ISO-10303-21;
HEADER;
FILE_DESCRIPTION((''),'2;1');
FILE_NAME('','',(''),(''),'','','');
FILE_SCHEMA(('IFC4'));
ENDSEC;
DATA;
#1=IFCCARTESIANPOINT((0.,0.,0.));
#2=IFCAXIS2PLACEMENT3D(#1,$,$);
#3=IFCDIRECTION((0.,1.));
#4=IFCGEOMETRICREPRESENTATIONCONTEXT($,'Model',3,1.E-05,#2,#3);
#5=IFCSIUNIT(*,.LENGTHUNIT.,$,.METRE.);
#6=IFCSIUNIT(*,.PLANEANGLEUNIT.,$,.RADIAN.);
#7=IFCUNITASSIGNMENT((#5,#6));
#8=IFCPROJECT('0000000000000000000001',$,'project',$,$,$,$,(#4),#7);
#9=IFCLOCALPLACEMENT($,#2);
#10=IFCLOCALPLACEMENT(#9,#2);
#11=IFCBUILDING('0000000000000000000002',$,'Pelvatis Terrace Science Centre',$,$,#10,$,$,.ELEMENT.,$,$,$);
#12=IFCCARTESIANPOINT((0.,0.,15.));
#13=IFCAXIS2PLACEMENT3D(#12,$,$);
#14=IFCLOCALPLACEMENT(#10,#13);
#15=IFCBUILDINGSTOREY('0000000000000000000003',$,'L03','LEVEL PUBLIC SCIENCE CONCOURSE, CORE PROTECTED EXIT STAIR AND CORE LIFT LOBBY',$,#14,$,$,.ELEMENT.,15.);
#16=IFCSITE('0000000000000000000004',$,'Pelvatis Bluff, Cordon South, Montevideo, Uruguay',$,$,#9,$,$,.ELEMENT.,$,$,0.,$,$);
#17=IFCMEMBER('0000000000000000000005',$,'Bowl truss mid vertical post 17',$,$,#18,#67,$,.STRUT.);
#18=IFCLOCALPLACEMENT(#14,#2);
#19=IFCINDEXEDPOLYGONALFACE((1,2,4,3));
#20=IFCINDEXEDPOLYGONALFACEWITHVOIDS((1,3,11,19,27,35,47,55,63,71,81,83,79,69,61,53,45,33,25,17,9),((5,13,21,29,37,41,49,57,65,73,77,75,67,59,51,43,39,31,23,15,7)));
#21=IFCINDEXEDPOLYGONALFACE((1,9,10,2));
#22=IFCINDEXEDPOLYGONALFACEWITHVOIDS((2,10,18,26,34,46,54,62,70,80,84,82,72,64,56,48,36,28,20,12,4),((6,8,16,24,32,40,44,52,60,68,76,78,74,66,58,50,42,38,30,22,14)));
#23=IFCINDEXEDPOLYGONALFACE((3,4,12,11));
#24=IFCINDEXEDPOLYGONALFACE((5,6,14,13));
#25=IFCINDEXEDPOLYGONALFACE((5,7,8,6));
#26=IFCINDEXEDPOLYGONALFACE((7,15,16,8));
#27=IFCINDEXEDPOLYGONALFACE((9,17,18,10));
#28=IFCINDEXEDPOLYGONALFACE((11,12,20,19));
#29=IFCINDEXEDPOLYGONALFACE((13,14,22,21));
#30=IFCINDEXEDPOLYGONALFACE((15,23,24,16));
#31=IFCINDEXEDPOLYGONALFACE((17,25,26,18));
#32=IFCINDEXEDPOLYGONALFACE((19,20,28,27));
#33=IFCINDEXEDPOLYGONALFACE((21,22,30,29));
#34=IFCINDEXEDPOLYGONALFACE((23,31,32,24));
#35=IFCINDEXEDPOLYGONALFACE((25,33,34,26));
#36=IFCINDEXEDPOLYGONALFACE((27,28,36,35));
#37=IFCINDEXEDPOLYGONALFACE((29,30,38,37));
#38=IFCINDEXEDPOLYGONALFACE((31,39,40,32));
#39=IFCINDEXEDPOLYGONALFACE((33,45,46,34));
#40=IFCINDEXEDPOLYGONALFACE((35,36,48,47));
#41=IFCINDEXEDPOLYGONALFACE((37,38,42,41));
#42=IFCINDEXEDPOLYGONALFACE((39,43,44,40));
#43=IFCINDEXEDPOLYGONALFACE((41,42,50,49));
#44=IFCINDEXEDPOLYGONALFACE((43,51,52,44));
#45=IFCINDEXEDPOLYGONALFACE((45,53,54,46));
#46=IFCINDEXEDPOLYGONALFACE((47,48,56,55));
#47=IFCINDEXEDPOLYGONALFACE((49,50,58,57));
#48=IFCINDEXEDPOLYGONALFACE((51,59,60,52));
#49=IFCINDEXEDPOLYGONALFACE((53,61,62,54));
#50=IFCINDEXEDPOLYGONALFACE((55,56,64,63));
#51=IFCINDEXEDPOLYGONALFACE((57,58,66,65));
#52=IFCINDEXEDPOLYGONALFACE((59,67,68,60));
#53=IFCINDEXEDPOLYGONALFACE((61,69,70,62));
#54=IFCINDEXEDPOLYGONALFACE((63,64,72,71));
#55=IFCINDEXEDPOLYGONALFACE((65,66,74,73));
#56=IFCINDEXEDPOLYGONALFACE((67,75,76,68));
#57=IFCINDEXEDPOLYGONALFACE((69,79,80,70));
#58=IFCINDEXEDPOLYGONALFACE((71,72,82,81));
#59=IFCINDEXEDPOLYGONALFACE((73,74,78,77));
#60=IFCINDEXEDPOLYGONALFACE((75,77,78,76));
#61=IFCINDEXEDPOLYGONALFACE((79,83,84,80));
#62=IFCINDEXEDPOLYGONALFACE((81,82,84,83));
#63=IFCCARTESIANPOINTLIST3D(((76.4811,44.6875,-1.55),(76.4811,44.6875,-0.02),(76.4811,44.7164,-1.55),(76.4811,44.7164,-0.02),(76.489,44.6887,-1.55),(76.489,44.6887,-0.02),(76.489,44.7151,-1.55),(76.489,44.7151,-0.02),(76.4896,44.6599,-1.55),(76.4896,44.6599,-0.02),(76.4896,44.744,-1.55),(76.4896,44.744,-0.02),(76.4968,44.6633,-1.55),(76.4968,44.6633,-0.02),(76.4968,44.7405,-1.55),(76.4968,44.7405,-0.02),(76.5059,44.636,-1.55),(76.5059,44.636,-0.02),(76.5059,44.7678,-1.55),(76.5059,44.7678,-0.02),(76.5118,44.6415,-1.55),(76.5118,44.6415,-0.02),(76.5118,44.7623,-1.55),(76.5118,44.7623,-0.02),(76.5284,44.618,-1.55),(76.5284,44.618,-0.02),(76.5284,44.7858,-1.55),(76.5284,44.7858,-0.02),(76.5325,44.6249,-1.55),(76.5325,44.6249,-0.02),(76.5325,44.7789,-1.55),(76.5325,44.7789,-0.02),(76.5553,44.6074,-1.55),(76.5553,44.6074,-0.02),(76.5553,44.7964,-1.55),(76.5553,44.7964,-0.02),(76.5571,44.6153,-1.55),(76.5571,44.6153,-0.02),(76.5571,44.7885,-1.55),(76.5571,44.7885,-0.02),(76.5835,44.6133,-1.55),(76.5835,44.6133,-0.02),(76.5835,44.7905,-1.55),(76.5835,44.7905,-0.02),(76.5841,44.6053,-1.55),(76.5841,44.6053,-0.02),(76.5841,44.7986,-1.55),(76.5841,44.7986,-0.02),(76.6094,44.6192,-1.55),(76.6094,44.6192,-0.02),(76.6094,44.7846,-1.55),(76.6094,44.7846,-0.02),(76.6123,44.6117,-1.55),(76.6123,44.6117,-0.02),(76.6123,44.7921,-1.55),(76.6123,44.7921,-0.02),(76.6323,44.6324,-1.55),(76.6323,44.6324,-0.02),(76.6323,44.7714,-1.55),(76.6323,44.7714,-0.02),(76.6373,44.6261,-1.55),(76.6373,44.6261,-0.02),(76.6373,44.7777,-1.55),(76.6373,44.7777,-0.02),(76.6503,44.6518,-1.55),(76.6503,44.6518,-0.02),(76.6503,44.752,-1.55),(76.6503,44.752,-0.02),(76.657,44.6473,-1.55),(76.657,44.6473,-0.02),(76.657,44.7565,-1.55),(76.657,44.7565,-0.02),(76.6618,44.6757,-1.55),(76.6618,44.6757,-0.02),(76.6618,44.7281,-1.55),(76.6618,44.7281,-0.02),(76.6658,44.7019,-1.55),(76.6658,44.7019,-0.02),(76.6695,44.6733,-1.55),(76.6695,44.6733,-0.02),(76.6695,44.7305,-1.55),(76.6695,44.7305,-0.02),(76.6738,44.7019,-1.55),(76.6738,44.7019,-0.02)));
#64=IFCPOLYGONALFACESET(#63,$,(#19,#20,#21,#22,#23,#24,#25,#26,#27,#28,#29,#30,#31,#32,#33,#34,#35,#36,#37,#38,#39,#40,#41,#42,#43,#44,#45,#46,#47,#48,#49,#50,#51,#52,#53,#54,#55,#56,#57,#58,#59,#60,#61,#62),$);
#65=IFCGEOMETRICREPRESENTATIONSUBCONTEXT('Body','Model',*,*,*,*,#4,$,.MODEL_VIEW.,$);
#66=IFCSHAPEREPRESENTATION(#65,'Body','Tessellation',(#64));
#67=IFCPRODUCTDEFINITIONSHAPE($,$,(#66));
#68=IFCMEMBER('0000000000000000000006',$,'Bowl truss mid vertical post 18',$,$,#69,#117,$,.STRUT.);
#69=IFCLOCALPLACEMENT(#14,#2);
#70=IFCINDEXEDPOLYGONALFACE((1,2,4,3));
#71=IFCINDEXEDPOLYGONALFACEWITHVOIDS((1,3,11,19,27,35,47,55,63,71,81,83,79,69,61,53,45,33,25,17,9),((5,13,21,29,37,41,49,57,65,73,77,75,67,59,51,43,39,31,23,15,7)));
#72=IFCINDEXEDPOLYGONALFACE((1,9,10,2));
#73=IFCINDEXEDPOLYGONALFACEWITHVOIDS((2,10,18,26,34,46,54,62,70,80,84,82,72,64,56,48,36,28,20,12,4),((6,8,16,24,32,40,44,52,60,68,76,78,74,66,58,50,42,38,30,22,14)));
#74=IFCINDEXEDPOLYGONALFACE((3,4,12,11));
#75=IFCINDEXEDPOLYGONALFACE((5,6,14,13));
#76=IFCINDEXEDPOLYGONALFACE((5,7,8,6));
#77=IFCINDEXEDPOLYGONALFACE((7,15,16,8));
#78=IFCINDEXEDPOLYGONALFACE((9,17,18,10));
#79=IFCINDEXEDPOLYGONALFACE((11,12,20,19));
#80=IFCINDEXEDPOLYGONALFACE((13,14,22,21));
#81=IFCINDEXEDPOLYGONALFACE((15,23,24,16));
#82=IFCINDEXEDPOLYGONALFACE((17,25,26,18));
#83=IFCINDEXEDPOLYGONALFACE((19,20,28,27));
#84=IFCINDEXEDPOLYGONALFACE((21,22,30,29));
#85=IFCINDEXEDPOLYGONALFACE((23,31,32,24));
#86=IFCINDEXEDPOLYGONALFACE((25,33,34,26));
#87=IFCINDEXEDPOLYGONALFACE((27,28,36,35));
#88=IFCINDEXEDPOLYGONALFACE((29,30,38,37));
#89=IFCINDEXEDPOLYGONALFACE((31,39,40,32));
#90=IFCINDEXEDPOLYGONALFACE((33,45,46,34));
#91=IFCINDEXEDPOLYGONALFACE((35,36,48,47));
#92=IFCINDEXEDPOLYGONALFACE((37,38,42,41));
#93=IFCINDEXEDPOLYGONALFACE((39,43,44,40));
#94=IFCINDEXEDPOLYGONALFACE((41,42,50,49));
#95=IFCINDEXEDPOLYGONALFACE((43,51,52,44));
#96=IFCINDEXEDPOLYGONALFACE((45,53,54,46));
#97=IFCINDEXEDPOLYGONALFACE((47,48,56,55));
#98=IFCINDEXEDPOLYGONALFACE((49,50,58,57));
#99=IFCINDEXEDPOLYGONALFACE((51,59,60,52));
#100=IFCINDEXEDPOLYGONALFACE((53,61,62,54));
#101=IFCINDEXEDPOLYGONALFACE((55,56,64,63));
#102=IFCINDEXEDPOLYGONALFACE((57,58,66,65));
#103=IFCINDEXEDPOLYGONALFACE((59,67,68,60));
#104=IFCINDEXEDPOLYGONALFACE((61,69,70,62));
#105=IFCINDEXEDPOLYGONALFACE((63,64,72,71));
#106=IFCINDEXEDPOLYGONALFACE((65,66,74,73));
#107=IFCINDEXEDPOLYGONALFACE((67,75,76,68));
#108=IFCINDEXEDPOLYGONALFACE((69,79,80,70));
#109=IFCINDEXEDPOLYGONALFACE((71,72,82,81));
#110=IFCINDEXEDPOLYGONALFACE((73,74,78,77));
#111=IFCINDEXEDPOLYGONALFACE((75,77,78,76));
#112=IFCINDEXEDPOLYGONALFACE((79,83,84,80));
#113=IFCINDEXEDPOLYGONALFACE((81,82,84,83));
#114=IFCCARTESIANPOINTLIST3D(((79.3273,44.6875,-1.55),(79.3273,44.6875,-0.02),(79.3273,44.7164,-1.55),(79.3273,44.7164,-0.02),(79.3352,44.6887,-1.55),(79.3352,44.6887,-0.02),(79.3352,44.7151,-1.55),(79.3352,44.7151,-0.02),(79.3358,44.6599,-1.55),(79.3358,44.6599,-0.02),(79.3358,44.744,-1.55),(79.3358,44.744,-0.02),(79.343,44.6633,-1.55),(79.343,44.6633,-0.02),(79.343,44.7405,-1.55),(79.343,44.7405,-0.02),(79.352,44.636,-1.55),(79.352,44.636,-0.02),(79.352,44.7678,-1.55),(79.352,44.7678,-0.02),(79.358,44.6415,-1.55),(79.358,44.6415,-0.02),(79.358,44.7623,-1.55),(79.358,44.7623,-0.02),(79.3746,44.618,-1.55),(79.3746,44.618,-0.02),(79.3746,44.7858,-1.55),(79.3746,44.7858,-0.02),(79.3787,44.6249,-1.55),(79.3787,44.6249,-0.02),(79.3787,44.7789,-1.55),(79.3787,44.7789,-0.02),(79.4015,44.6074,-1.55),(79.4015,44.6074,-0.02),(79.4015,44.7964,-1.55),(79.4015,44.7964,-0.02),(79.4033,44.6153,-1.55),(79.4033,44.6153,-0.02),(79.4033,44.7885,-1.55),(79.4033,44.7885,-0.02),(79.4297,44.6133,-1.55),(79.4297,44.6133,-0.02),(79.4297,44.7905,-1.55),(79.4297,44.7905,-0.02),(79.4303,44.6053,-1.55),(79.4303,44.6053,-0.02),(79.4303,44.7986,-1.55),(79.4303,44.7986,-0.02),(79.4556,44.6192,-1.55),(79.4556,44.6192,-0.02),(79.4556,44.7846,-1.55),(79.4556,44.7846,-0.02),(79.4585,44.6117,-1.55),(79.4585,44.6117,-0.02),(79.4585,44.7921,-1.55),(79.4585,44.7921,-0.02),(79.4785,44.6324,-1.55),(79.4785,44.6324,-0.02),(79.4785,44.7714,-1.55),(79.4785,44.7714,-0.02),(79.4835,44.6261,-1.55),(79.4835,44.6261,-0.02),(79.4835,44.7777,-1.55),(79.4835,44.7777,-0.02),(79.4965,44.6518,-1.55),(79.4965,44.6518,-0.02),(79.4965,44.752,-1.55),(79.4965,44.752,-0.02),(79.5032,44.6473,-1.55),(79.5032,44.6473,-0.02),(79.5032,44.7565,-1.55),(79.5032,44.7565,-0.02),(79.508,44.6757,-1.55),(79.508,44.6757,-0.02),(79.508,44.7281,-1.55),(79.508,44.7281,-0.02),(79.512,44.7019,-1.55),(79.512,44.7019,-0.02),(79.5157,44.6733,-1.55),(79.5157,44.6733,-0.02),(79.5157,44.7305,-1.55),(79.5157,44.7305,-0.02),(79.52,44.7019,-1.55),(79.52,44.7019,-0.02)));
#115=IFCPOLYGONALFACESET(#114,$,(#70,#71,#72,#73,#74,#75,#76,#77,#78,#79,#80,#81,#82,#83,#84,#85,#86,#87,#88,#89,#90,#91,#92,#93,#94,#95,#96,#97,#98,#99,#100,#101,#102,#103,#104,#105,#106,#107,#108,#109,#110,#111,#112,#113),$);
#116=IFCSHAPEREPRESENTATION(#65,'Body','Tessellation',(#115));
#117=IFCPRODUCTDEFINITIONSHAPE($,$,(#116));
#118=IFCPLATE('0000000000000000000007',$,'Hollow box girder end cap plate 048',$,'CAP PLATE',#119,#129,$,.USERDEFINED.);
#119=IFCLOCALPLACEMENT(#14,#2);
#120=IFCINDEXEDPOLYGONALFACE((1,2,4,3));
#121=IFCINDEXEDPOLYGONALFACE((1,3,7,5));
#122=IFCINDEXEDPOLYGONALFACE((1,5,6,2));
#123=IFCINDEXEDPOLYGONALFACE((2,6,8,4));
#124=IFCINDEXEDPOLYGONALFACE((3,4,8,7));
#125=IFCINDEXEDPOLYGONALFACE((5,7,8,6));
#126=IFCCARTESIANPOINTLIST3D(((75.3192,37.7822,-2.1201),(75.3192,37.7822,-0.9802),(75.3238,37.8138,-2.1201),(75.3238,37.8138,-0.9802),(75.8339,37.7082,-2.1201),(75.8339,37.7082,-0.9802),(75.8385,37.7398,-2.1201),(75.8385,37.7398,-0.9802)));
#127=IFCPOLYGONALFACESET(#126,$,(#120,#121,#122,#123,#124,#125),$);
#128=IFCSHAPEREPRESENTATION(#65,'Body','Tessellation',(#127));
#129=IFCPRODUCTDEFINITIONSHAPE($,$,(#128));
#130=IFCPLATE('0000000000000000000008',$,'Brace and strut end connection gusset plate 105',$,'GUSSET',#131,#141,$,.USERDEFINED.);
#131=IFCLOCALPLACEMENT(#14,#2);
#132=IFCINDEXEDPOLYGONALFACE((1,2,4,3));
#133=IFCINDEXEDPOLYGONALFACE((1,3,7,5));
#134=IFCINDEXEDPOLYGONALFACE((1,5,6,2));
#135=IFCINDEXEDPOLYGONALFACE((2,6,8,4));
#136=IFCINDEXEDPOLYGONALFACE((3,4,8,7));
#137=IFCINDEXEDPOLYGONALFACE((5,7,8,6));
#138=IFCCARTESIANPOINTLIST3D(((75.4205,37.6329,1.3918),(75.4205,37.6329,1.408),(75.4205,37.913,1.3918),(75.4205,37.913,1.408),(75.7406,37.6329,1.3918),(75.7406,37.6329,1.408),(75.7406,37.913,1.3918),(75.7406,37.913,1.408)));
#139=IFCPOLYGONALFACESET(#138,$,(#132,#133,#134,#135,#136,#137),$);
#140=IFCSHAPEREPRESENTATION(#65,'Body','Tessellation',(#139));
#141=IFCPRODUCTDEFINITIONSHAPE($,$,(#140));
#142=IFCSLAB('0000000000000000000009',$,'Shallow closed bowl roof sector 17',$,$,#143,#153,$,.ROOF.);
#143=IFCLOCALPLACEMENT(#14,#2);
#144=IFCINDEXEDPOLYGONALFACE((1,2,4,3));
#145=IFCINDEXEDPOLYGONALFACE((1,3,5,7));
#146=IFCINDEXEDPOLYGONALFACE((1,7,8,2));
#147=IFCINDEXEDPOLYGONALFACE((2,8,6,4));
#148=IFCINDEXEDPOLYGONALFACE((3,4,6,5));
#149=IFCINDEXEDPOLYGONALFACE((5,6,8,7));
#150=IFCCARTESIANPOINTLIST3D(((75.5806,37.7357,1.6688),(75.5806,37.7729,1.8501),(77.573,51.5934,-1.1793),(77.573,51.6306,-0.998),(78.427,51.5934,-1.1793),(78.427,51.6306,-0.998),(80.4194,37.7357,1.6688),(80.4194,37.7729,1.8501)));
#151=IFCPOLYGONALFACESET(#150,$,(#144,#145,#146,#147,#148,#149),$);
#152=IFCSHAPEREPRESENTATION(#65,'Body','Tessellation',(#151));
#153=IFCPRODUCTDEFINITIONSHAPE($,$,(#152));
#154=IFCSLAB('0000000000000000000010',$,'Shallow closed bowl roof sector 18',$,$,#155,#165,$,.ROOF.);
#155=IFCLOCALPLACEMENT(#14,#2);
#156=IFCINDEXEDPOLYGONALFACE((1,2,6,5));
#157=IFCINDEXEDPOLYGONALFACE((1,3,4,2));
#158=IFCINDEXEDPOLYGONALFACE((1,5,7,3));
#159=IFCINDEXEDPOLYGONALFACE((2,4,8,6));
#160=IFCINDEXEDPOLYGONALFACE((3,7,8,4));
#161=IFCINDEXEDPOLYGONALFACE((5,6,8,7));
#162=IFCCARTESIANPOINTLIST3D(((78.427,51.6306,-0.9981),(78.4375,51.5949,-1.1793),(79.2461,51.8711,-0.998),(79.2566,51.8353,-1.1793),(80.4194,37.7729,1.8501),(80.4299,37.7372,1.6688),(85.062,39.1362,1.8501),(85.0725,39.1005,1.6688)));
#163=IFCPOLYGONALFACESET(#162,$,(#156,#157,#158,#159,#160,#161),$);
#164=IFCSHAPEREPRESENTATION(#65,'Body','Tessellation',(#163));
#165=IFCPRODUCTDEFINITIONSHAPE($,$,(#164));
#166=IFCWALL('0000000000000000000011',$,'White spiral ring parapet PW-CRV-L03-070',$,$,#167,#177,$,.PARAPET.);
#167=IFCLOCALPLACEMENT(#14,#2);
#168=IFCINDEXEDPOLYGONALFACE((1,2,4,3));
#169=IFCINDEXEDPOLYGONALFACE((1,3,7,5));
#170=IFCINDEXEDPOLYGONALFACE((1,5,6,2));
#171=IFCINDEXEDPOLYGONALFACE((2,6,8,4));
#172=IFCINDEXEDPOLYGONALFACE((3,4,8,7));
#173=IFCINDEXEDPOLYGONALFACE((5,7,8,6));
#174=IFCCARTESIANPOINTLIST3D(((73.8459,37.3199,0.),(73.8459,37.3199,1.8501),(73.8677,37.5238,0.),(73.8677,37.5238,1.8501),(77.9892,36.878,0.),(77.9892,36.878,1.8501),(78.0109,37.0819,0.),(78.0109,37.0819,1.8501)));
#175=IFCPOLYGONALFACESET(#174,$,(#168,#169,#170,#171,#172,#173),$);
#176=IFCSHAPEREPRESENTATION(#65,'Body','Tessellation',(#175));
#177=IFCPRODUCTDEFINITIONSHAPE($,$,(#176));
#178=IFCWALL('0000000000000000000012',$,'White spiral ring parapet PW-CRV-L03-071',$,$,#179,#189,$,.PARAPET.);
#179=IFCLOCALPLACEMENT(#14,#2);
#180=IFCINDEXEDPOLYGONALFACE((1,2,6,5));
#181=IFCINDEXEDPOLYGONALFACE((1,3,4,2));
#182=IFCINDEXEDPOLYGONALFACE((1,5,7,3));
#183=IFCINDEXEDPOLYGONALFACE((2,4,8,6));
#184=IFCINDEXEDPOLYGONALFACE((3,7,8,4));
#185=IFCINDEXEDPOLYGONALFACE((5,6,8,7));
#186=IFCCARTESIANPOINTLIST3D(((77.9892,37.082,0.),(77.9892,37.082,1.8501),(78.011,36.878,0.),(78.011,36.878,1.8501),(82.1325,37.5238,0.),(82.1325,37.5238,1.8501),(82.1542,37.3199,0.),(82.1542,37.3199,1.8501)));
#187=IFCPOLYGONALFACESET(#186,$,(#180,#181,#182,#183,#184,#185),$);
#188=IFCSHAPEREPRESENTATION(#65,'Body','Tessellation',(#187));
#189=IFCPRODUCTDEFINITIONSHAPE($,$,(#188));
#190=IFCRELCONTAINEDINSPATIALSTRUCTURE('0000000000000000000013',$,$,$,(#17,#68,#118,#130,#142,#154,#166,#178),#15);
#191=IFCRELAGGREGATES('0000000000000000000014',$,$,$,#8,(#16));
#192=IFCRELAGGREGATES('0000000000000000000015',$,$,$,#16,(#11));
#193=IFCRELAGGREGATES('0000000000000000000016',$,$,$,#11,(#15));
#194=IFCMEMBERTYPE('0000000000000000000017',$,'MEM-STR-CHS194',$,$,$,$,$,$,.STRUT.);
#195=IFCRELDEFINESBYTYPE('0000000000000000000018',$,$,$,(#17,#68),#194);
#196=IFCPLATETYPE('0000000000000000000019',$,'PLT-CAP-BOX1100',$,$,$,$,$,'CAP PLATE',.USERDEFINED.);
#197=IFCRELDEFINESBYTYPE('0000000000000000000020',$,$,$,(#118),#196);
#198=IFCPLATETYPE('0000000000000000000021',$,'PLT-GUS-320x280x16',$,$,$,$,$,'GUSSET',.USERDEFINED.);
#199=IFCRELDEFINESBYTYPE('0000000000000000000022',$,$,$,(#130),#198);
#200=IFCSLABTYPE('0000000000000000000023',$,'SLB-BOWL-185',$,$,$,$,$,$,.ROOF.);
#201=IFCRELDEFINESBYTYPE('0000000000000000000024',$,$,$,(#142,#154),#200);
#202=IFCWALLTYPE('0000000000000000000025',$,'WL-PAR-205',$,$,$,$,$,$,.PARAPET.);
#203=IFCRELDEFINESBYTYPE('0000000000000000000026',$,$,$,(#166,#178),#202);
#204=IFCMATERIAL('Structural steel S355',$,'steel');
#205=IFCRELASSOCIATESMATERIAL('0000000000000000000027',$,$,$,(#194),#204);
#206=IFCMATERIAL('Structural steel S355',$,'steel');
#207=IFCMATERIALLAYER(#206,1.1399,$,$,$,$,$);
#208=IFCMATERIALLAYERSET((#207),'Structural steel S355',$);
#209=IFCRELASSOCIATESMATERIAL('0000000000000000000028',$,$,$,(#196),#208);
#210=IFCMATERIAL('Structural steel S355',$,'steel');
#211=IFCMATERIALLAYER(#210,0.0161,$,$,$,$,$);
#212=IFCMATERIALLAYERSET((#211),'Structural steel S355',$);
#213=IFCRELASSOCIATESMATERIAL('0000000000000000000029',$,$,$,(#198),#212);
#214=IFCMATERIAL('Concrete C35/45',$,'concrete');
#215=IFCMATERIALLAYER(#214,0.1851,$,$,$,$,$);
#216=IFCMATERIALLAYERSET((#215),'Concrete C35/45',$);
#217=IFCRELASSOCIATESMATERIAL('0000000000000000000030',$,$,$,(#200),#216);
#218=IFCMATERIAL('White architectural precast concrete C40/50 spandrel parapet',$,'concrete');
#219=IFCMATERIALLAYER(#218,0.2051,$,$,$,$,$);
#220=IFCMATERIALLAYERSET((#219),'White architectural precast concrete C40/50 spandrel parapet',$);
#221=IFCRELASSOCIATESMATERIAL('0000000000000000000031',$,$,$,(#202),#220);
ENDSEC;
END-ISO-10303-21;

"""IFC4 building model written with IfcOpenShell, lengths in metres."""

from ifc_helpers import new_model, si_unit, direction, frame, frame_2d, origin, origin_2d, place, context, subcontext, project, spatial, polyline, rectangle, hollow_circle, outline, extrude, material, layer, layer_set, material_profile, profile_set, type_object, element, save


model = new_model("IFC4")

# Units and contexts
model_context = context("Model", 3, precision=1e-05, world=origin(), true_north=direction((0.0, 1.0)))
body_context = subcontext(model_context, "Body", "Model", "MODEL_VIEW")
ifc_project = project(units=[si_unit("LENGTHUNIT", "METRE"), si_unit("PLANEANGLEUNIT", "RADIAN")], contexts=[model_context])

# Site, building, storey
site_placement = place(None, origin())
site = spatial("IfcSite", under=ifc_project, at=site_placement, Name="Pelvatis Bluff, Cordon South, Montevideo, Uruguay", CompositionType="ELEMENT", RefElevation=0.0)
building_placement = place(site_placement, origin())
building = spatial("IfcBuilding", under=site, at=building_placement, Name="Pelvatis Terrace Science Centre", CompositionType="ELEMENT")
storey_placement = place(building_placement, frame((0.0, 0.0, 15.0)))
storey = spatial("IfcBuildingStorey", under=building, at=storey_placement, Name="L03", Description="LEVEL PUBLIC SCIENCE CONCOURSE, CORE PROTECTED EXIT STAIR AND CORE LIFT LOBBY", CompositionType="ELEMENT", Elevation=15.0)

# Members
ifc_material_1 = material(Name="Structural steel S355", Category="steel")
ifc_material_profile_1 = material_profile(ifc_material_1, hollow_circle(Radius=0.0969, WallThickness=0.0081, at=origin_2d()), Name="CHS 193.7x8.0")
ifc_profile_set_1 = profile_set([ifc_material_profile_1], Name="Structural steel S355")
member_type_1 = type_object("IfcMemberType", Name="MEM-STR-CHS194", PredefinedType="STRUT", material=ifc_profile_set_1)
for number, where, z_axis, x_axis, name in (
    (1, (76.5769, 44.7019, -1.55), (0.0, 0.0, 1.0), (1.0, 0.0, 0.0), "Bowl truss mid vertical post 17"),
    (2, (79.4231, 44.7019, -1.55), (0.0, 0.0, 1.0), (1.0, 0.0, 0.0), "Bowl truss mid vertical post 18"),
):
    element("IfcMember", number, at=place(storey_placement, frame(where, z_axis=z_axis, x_axis=x_axis)), inside=storey, type_object=member_type_1, Name=name, PredefinedType="STRUT", context=body_context, shape_type="SweptSolid", body=[
        extrude(hollow_circle(Radius=0.0969, WallThickness=0.0081, at=origin_2d()), origin(), (0.0, 0.0, 1.0), 1.53),
    ])

# Plates
ifc_material_2 = material(Name="Structural steel S355", Category="steel")
ifc_layer_1 = layer(ifc_material_2, 1.1399)
ifc_layer_set_1 = layer_set([ifc_layer_1], Name="Structural steel S355")
plate_type_1 = type_object("IfcPlateType", Name="PLT-CAP-BOX1100", ElementType="CAP PLATE", PredefinedType="USERDEFINED", material=ifc_layer_set_1)
plate_1_placement = place(storey_placement, frame((75.5789, 37.761, -2.1201), z_axis=(0.0, 0.0, 1.0), x_axis=(-0.142283, -0.989826, 0.0)))
element("IfcPlate", 3, at=plate_1_placement, inside=storey, type_object=plate_type_1, Name="Hollow box girder end cap plate 048", ObjectType="CAP PLATE", PredefinedType="USERDEFINED", context=body_context, shape_type="SweptSolid", body=[
    extrude(rectangle(XDim=0.032, YDim=0.52, at=origin_2d()), origin(), (0.0, 0.0, 1.0), 1.1399),
])
ifc_material_3 = material(Name="Structural steel S355", Category="steel")
ifc_layer_2 = layer(ifc_material_3, 0.0161)
ifc_layer_set_2 = layer_set([ifc_layer_2], Name="Structural steel S355")
plate_type_2 = type_object("IfcPlateType", Name="PLT-GUS-320x280x16", ElementType="GUSSET", PredefinedType="USERDEFINED", material=ifc_layer_set_2)
plate_2_placement = place(storey_placement, frame((75.5806, 37.7729, 1.3918), z_axis=(0.0, 0.0, 1.0), x_axis=(1.0, 0.0, 0.0)))
element("IfcPlate", 4, at=plate_2_placement, inside=storey, type_object=plate_type_2, Name="Brace and strut end connection gusset plate 105", ObjectType="GUSSET", PredefinedType="USERDEFINED", context=body_context, shape_type="SweptSolid", body=[
    extrude(rectangle(XDim=0.3201, YDim=0.28, at=origin_2d()), origin(), (0.0, 0.0, 1.0), 0.0161),
])

# Slabs
ifc_material_4 = material(Name="Concrete C35/45", Category="concrete")
ifc_layer_3 = layer(ifc_material_4, 0.1851)
ifc_layer_set_3 = layer_set([ifc_layer_3], Name="Concrete C35/45")
slab_type = type_object("IfcSlabType", Name="SLB-BOWL-185", PredefinedType="ROOF", material=ifc_layer_set_3)
slab_1_placement = place(storey_placement, frame((75.5806, 37.7729, 1.8501), z_axis=(0.0, 0.20132, 0.979525), x_axis=(1.0, 0.0, 0.0)))
element("IfcSlab", 5, at=slab_1_placement, inside=storey, type_object=slab_type, Name="Shallow closed bowl roof sector 17", PredefinedType="ROOF", context=body_context, shape_type="SweptSolid", body=[
    extrude(outline(polyline([(0.0, 0.0), (4.8389, 0.0), (2.8464, 14.1473), (1.9924, 14.1473), (0.0, 0.0)])), origin(), (0.0, 0.0, -1.0), 0.1851),
])
slab_2_placement = place(storey_placement, frame((80.4194, 37.7729, 1.8501), z_axis=(-0.056721, 0.193166, 0.979525), x_axis=(0.959488, 0.281751, -0.000002)))
element("IfcSlab", 6, at=slab_2_placement, inside=storey, type_object=slab_type, Name="Shallow closed bowl roof sector 18", PredefinedType="ROOF", context=body_context, shape_type="SweptSolid", body=[
    extrude(outline(polyline([(0.0, 0.0), (4.8386, 0.0), (2.8464, 14.1472), (1.9927, 14.1473), (0.0, 0.0)])), origin(), (0.0, 0.0, -1.0), 0.1851),
])

# Walls
ifc_material_5 = material(Name="White architectural precast concrete C40/50 spandrel parapet", Category="concrete")
ifc_layer_4 = layer(ifc_material_5, 0.2051)
ifc_layer_set_4 = layer_set([ifc_layer_4], Name="White architectural precast concrete C40/50 spandrel parapet")
wall_type = type_object("IfcWallType", Name="WL-PAR-205", PredefinedType="PARAPET", material=ifc_layer_set_4)
for number, where, z_axis, x_axis, name in (
    (7, (73.8567, 37.4219, 0.0), (0.0, 0.0, 1.0), (0.994361, -0.106051, 0.0), "White spiral ring parapet PW-CRV-L03-070"),
    (8, (78.0, 36.98, 0.0), (0.0, 0.0, 1.0), (0.994361, 0.106051, 0.0), "White spiral ring parapet PW-CRV-L03-071"),
):
    element("IfcWall", number, at=place(storey_placement, frame(where, z_axis=z_axis, x_axis=x_axis)), inside=storey, type_object=wall_type, Name=name, PredefinedType="PARAPET", context=body_context, shape_type="SweptSolid", body=[
        extrude(rectangle(XDim=4.1667, YDim=0.2051, at=frame_2d((2.0835, 0.0))), origin(), (0.0, 0.0, 1.0), 1.8501),
    ])

save(model, "model.ifc")
